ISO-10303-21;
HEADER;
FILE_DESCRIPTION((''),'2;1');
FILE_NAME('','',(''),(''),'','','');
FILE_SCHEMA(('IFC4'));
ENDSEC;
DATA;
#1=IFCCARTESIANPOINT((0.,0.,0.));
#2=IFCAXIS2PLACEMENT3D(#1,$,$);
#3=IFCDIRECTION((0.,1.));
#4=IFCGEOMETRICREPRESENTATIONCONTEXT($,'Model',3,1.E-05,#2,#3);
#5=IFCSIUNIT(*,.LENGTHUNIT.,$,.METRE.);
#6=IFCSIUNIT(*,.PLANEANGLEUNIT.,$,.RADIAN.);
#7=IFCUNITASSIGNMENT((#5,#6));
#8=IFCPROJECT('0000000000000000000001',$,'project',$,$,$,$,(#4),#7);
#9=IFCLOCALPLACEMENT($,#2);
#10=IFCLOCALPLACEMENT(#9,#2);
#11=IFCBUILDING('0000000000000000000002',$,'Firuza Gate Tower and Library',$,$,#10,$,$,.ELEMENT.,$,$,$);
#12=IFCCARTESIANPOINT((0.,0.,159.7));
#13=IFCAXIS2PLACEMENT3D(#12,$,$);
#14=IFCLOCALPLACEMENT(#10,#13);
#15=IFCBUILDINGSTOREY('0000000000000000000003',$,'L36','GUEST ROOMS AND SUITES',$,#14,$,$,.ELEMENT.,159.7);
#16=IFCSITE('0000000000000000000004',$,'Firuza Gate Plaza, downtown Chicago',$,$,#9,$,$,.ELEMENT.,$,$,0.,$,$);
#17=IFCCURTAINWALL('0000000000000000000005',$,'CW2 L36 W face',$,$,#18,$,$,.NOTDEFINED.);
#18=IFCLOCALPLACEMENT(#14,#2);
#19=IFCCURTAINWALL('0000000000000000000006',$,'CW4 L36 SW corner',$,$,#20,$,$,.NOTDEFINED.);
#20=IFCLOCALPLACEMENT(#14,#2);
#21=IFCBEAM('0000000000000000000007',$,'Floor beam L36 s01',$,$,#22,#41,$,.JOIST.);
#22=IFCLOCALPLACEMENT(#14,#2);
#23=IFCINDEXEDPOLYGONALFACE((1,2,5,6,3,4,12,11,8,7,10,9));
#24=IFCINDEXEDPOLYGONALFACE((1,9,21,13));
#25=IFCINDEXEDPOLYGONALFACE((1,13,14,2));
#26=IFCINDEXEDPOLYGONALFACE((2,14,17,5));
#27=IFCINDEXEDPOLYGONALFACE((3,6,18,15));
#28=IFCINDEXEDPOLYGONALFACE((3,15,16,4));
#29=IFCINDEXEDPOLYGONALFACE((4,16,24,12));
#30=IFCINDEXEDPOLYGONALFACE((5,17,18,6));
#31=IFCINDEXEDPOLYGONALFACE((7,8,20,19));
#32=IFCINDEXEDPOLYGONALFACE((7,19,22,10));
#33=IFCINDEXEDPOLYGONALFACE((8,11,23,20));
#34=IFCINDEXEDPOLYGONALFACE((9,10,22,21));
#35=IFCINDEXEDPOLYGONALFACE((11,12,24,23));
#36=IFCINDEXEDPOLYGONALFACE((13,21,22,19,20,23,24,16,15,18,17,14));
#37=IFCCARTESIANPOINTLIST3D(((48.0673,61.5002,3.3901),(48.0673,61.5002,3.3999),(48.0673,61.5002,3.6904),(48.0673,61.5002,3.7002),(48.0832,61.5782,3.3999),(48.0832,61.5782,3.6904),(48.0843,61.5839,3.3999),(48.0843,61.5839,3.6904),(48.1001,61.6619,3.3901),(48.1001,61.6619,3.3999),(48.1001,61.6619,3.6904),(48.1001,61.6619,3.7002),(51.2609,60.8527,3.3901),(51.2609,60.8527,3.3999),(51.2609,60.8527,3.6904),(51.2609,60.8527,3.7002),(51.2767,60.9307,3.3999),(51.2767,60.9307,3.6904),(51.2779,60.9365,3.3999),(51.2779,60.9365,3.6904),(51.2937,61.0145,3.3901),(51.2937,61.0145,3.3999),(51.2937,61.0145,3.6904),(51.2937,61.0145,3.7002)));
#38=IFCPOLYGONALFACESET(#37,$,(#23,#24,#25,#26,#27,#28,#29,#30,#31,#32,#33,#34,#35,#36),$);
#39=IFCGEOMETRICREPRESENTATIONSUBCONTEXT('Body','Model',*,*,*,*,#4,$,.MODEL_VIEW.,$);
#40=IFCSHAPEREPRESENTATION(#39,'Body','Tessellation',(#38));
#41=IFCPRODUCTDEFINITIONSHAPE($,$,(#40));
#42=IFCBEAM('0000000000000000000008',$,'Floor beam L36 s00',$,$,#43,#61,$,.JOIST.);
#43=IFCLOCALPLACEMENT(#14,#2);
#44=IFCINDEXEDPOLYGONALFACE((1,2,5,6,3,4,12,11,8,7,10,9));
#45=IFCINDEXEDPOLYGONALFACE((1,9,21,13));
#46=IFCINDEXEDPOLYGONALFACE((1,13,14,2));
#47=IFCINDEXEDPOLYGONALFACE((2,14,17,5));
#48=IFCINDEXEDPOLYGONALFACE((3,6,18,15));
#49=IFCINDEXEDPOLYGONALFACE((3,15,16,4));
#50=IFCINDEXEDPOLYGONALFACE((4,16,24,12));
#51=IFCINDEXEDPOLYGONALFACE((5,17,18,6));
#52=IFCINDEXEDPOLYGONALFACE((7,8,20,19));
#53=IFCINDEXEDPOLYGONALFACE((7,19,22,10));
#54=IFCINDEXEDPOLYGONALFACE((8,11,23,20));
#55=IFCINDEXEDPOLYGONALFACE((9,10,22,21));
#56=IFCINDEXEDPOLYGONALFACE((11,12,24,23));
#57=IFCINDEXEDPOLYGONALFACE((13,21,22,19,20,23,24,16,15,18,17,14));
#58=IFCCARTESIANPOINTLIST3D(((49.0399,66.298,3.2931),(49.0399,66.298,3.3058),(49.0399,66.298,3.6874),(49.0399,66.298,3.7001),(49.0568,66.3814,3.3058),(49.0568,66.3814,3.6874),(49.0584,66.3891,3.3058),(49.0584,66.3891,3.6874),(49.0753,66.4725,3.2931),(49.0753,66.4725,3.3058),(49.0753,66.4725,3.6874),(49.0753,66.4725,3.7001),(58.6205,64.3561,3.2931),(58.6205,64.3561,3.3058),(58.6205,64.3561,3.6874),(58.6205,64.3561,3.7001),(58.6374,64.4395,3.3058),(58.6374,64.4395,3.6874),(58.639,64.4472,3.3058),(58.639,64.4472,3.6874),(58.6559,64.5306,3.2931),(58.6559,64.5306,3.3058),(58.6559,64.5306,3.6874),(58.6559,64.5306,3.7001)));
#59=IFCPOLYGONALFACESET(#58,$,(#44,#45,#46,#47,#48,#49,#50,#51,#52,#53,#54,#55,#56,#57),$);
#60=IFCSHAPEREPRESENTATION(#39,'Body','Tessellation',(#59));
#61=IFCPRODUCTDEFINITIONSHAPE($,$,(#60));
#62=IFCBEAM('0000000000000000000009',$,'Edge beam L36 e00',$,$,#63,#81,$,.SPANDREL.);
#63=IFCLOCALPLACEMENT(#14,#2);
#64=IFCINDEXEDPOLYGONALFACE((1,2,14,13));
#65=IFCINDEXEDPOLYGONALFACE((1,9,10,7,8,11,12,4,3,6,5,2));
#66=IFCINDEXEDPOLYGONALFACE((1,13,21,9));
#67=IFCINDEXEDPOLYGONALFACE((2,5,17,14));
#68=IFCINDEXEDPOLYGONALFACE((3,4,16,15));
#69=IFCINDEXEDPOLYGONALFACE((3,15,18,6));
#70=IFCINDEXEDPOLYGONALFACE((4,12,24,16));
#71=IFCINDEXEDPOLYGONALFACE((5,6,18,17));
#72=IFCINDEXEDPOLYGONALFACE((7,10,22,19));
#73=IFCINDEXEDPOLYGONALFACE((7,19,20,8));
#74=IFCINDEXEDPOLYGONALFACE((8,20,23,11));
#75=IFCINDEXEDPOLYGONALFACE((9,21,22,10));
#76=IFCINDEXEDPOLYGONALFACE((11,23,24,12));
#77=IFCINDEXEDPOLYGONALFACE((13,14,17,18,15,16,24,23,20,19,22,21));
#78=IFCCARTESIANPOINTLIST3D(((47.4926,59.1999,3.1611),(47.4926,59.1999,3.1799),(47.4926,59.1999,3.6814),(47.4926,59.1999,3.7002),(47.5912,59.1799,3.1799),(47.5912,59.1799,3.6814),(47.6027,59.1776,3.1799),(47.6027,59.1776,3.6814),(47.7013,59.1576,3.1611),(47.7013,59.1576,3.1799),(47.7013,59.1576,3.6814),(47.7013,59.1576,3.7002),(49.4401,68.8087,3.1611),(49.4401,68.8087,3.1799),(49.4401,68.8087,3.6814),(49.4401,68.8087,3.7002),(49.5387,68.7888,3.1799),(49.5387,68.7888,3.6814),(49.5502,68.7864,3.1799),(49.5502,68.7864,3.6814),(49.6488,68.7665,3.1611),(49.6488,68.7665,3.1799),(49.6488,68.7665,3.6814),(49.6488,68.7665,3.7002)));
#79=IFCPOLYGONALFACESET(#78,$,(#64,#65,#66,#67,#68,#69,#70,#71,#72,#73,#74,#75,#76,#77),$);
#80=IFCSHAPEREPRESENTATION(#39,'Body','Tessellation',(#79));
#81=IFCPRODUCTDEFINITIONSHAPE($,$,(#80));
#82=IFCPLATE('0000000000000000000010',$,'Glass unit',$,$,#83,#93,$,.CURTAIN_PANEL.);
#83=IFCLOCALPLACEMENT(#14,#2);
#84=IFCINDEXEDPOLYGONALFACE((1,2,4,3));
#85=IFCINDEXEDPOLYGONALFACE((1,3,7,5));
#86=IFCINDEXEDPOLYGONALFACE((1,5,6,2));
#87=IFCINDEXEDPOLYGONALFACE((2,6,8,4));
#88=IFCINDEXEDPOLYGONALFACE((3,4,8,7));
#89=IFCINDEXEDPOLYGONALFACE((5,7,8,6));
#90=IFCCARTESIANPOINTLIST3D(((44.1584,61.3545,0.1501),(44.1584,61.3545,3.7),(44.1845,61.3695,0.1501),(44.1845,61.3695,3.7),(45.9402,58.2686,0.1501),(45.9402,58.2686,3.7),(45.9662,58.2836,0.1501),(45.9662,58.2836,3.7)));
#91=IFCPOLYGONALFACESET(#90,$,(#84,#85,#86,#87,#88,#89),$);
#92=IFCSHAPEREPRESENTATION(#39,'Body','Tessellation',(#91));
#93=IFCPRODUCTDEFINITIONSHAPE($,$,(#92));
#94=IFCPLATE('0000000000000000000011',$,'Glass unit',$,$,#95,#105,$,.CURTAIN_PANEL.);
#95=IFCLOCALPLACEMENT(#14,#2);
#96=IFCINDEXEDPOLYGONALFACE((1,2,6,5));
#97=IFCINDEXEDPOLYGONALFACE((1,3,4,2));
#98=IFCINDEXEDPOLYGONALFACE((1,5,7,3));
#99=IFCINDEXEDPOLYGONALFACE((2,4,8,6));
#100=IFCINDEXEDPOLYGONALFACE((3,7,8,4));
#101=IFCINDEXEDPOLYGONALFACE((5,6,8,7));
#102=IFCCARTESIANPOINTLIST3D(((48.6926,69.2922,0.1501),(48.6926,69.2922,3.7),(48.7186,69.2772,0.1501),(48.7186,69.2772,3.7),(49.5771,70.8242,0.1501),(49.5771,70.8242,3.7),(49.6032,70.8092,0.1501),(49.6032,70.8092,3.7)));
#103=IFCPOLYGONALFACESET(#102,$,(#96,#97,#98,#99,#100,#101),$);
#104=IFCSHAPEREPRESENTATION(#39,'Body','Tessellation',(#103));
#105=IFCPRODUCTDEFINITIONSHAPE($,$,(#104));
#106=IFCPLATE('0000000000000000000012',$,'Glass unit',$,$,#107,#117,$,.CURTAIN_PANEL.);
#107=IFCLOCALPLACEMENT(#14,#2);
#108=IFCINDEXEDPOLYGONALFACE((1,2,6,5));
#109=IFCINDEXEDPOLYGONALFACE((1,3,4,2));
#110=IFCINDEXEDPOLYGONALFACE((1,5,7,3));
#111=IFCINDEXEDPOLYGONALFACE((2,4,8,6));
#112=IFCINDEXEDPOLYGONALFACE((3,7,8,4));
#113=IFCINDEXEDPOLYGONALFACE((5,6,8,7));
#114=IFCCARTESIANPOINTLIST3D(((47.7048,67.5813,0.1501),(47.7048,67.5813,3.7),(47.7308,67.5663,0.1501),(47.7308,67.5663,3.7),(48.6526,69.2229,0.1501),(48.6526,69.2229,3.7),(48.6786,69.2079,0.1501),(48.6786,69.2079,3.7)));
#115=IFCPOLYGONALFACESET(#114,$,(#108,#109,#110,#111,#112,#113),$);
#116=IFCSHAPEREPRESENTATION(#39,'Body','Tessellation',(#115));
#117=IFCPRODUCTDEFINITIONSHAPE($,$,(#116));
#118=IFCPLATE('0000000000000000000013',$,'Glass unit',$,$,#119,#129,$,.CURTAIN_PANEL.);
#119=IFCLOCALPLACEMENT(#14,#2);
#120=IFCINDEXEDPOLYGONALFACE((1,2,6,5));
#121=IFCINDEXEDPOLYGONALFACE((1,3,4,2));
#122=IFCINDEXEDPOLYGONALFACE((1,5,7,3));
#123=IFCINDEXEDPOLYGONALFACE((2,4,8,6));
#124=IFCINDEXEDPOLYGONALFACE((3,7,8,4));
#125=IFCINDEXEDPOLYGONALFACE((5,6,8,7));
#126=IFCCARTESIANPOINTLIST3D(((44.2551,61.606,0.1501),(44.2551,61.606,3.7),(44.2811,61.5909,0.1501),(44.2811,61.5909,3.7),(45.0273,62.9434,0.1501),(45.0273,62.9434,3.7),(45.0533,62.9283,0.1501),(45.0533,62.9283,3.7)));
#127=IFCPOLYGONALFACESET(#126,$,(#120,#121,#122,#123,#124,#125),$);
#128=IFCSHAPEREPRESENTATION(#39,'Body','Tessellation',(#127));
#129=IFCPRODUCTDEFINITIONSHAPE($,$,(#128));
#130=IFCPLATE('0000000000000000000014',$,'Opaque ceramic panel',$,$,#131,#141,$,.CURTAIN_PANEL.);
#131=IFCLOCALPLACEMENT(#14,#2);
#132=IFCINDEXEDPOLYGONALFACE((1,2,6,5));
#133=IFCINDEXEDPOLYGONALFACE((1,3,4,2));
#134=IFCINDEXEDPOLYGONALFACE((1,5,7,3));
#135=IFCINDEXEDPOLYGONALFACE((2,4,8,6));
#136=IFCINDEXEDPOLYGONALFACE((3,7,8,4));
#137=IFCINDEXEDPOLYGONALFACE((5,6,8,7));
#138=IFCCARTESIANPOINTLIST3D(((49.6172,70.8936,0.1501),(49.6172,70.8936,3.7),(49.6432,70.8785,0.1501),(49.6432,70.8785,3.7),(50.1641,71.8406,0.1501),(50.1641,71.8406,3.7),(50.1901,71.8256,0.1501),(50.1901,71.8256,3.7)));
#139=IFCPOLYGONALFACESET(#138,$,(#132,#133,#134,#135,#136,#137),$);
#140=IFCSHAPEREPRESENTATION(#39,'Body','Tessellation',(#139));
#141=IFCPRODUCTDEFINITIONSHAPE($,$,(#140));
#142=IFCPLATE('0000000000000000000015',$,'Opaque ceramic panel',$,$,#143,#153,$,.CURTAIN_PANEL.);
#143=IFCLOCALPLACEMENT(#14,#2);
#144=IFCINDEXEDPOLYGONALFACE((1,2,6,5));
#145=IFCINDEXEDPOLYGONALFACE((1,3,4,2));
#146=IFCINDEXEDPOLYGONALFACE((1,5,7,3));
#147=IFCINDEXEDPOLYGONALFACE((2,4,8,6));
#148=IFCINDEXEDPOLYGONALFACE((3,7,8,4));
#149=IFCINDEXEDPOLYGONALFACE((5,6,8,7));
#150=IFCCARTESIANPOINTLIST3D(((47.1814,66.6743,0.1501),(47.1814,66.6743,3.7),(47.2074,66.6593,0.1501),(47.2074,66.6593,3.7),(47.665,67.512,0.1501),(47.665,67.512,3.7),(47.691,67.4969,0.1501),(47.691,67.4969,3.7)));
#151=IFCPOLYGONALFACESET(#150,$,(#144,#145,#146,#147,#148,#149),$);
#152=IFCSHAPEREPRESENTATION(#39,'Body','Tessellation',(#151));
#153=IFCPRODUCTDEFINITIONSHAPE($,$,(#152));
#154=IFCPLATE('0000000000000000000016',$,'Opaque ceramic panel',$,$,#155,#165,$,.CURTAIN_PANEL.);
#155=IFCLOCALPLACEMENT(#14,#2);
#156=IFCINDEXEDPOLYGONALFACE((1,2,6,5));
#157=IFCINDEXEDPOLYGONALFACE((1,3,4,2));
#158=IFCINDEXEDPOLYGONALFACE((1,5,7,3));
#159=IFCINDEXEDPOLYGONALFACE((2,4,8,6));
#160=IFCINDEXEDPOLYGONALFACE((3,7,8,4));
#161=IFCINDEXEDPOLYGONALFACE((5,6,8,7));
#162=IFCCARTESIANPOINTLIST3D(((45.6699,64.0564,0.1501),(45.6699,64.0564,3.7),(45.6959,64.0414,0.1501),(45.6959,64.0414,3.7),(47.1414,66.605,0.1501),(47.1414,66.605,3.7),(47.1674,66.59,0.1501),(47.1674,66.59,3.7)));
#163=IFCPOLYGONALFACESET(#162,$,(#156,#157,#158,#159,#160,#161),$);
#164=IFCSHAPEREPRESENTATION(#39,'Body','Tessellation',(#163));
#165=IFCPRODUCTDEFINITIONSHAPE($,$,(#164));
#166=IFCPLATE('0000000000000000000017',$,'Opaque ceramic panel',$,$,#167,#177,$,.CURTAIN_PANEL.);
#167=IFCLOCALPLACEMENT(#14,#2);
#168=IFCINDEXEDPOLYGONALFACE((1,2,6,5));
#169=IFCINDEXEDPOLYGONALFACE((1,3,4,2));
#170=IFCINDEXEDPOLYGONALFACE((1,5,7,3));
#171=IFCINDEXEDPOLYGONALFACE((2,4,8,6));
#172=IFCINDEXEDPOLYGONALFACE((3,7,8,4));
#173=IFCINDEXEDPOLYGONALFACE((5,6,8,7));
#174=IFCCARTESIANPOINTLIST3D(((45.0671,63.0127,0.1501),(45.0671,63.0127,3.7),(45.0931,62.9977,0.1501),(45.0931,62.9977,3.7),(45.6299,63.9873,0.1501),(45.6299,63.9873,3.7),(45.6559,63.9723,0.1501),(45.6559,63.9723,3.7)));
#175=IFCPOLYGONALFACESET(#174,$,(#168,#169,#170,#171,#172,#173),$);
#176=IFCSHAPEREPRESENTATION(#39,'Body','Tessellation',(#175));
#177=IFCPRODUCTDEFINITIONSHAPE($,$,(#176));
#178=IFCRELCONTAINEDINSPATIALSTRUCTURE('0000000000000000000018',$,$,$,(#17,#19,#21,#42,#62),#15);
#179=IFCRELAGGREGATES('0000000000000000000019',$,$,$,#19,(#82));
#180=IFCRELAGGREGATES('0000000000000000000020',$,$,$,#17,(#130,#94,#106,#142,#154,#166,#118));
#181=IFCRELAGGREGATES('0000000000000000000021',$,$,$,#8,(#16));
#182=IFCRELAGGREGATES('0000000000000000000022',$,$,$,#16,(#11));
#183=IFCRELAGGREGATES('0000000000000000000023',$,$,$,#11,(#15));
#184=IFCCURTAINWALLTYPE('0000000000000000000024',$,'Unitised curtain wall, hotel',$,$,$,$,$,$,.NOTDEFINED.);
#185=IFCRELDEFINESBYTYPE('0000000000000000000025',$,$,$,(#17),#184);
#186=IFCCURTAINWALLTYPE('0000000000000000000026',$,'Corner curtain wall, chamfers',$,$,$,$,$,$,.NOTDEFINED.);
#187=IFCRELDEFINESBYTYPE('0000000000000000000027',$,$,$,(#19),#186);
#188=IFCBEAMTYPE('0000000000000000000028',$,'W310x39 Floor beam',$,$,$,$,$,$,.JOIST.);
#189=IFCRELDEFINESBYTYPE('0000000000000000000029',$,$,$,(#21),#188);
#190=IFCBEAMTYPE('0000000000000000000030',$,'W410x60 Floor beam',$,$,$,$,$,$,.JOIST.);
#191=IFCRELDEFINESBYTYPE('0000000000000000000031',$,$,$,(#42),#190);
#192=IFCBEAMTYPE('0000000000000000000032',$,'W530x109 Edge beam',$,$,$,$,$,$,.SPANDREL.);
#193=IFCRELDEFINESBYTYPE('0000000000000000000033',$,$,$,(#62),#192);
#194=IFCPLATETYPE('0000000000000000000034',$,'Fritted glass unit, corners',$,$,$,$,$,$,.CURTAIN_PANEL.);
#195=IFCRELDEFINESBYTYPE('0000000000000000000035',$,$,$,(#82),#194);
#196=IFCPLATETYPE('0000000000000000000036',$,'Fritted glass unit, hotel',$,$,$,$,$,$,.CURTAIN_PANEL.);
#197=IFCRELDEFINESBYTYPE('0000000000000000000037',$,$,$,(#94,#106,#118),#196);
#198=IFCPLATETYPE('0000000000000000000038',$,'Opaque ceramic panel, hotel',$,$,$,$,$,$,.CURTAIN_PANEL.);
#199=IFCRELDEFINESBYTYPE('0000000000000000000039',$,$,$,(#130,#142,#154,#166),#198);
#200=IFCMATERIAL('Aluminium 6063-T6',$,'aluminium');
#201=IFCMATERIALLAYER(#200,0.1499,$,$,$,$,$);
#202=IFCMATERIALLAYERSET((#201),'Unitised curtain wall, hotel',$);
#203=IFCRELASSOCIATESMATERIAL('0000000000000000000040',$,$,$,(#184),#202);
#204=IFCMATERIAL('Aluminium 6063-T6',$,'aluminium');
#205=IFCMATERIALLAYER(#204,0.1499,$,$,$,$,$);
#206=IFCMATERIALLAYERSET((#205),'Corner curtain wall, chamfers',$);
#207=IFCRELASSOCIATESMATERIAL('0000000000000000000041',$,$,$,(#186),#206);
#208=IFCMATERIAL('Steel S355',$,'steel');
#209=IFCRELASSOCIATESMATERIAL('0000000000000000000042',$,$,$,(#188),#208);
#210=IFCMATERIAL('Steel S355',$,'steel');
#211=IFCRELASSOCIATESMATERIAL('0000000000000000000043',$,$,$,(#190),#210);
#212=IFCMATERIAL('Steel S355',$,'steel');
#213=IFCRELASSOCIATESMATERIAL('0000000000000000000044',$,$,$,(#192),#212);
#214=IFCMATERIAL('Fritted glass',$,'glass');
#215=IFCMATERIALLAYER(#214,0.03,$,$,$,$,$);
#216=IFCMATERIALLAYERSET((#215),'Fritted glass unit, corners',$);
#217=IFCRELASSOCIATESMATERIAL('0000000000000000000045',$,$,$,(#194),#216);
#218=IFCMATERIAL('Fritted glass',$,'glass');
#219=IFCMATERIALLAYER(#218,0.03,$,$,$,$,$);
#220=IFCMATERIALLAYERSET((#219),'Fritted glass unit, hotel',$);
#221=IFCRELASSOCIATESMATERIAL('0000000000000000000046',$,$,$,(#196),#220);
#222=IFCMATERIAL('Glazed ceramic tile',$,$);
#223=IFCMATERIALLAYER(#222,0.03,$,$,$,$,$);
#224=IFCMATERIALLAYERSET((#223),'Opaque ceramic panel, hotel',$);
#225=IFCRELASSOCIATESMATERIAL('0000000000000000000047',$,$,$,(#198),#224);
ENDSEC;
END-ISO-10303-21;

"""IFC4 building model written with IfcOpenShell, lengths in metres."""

from ifc_helpers import new_model, si_unit, direction, frame, origin, origin_2d, place, context, subcontext, project, spatial, polyline, i_section, outline, extrude, material, layer, layer_set, material_profile, profile_set, type_object, element, aggregate, save


model = new_model("IFC4")

# Units and contexts
model_context = context("Model", 3, precision=1e-05, world=origin(), true_north=direction((0.0, 1.0)))
body_context = subcontext(model_context, "Body", "Model", "MODEL_VIEW")
ifc_project = project(units=[si_unit("LENGTHUNIT", "METRE"), si_unit("PLANEANGLEUNIT", "RADIAN")], contexts=[model_context])

# Site, building, storey
site_placement = place(None, origin())
site = spatial("IfcSite", under=ifc_project, at=site_placement, Name="Firuza Gate Plaza, downtown Chicago", CompositionType="ELEMENT", RefElevation=0.0)
building_placement = place(site_placement, origin())
building = spatial("IfcBuilding", under=site, at=building_placement, Name="Firuza Gate Tower and Library", CompositionType="ELEMENT")
storey_placement = place(building_placement, frame((0.0, 0.0, 159.7)))
storey = spatial("IfcBuildingStorey", under=building, at=storey_placement, Name="L36", Description="GUEST ROOMS AND SUITES", CompositionType="ELEMENT", Elevation=159.7)

# Curtain walls
ifc_material_1 = material(Name="Aluminium 6063-T6", Category="aluminium")
ifc_layer_1 = layer(ifc_material_1, 0.1499)
ifc_layer_set_1 = layer_set([ifc_layer_1], Name="Unitised curtain wall, hotel")
curtain_wall_type_1 = type_object("IfcCurtainWallType", Name="Unitised curtain wall, hotel", PredefinedType="NOTDEFINED", material=ifc_layer_set_1)
placement = place(storey_placement, origin())
curtain_wall_1 = element("IfcCurtainWall", 1, at=placement, inside=storey, type_object=curtain_wall_type_1, Name="CW2 L36 W face", PredefinedType="NOTDEFINED")
ifc_material_2 = material(Name="Aluminium 6063-T6", Category="aluminium")
ifc_layer_2 = layer(ifc_material_2, 0.1499)
ifc_layer_set_2 = layer_set([ifc_layer_2], Name="Corner curtain wall, chamfers")
curtain_wall_type_2 = type_object("IfcCurtainWallType", Name="Corner curtain wall, chamfers", PredefinedType="NOTDEFINED", material=ifc_layer_set_2)
curtain_wall_2 = element("IfcCurtainWall", 2, at=placement, inside=storey, type_object=curtain_wall_type_2, Name="CW4 L36 SW corner", PredefinedType="NOTDEFINED")

# Beams
ifc_material_3 = material(Name="Steel S355", Category="steel")
ifc_material_profile_1 = material_profile(ifc_material_3, i_section(OverallWidth=0.165, OverallDepth=0.3101, WebThickness=0.0059, FlangeThickness=0.0098, at=origin_2d()))
ifc_profile_set_1 = profile_set([ifc_material_profile_1], Name="Steel S355")
beam_type_1 = type_object("IfcBeamType", Name="W310x39 Floor beam", PredefinedType="JOIST", material=ifc_profile_set_1)
beam_1_placement = place(storey_placement, frame((48.0837, 61.5811, 3.5452), z_axis=(0.980061, -0.198695, 0.0), x_axis=(0.198695, 0.980061, 0.0)))
element("IfcBeam", 3, at=beam_1_placement, inside=storey, type_object=beam_type_1, Name="Floor beam L36 s01", PredefinedType="JOIST", context=body_context, shape_type="SweptSolid", body=[
    extrude(i_section(OverallWidth=0.165, OverallDepth=0.3101, WebThickness=0.0059, FlangeThickness=0.0098, at=origin_2d()), origin(), (0.0, 0.0, 1.0), 3.2585),
])
ifc_material_4 = material(Name="Steel S355", Category="steel")
ifc_material_profile_2 = material_profile(ifc_material_4, i_section(OverallWidth=0.178, OverallDepth=0.407, WebThickness=0.0078, FlangeThickness=0.0127, at=origin_2d()))
ifc_profile_set_2 = profile_set([ifc_material_profile_2], Name="Steel S355")
beam_type_2 = type_object("IfcBeamType", Name="W410x60 Floor beam", PredefinedType="JOIST", material=ifc_profile_set_2)
beam_2_placement = place(storey_placement, frame((49.0576, 66.3853, 3.4966), z_axis=(0.98007, -0.198651, 0.0), x_axis=(0.198651, 0.98007, 0.0)))
element("IfcBeam", 4, at=beam_2_placement, inside=storey, type_object=beam_type_2, Name="Floor beam L36 s00", PredefinedType="JOIST", context=body_context, shape_type="SweptSolid", body=[
    extrude(i_section(OverallWidth=0.178, OverallDepth=0.407, WebThickness=0.0078, FlangeThickness=0.0127, at=origin_2d()), origin(), (0.0, 0.0, 1.0), 9.7754),
])
ifc_material_5 = material(Name="Steel S355", Category="steel")
ifc_material_profile_3 = material_profile(ifc_material_5, i_section(OverallWidth=0.2129, OverallDepth=0.5391, WebThickness=0.0117, FlangeThickness=0.0188, at=origin_2d()))
ifc_profile_set_3 = profile_set([ifc_material_profile_3], Name="Steel S355")
beam_type_3 = type_object("IfcBeamType", Name="W530x109 Edge beam", PredefinedType="SPANDREL", material=ifc_profile_set_3)
beam_3_placement = place(storey_placement, frame((49.5444, 68.7876, 3.4307), z_axis=(-0.198639, -0.980073, 0.0), x_axis=(0.980073, -0.198639, 0.0)))
element("IfcBeam", 5, at=beam_3_placement, inside=storey, type_object=beam_type_3, Name="Edge beam L36 e00", PredefinedType="SPANDREL", context=body_context, shape_type="SweptSolid", body=[
    extrude(i_section(OverallWidth=0.2129, OverallDepth=0.5391, WebThickness=0.0117, FlangeThickness=0.0188, at=origin_2d()), origin(), (0.0, 0.0, 1.0), 9.8042),
])

# Plates
ifc_material_6 = material(Name="Fritted glass", Category="glass")
ifc_layer_3 = layer(ifc_material_6, 0.03)
ifc_layer_set_3 = layer_set([ifc_layer_3], Name="Fritted glass unit, corners")
plate_type_1 = type_object("IfcPlateType", Name="Fritted glass unit, corners", PredefinedType="CURTAIN_PANEL", material=ifc_layer_set_3)
plate_1_placement = place(storey_placement, frame((44.1584, 61.3545, 0.1501), z_axis=(-0.866017, -0.500015, 0.0), x_axis=(0.500015, -0.866017, 0.0)))
plate_1 = element("IfcPlate", 6, at=plate_1_placement, type_object=plate_type_1, Name="Glass unit", PredefinedType="CURTAIN_PANEL", context=body_context, shape_type="SweptSolid", body=[
    extrude(outline(polyline([(0.0, 0.0), (3.5634, 0.0), (3.5634, 3.5498), (0.0, 3.5498), (0.0, 0.0)])), origin(), (0.0, 0.0, -1.0), 0.03),
])
aggregate(curtain_wall_2, [plate_1])
ifc_material_7 = material(Name="Fritted glass", Category="glass")
ifc_layer_4 = layer(ifc_material_7, 0.03)
ifc_layer_set_4 = layer_set([ifc_layer_4], Name="Fritted glass unit, hotel")
plate_type_2 = type_object("IfcPlateType", Name="Fritted glass unit, hotel", PredefinedType="CURTAIN_PANEL", material=ifc_layer_set_4)
plate_2_placement = place(storey_placement, frame((49.5771, 70.8242, 0.1501), z_axis=(-0.866018, 0.500013, 0.0), x_axis=(-0.500013, -0.866018, 0.0)))
plate_2 = element("IfcPlate", 7, at=plate_2_placement, type_object=plate_type_2, Name="Glass unit", PredefinedType="CURTAIN_PANEL", context=body_context, shape_type="SweptSolid", body=[
    extrude(outline(polyline([(0.0, 0.0), (1.769, 0.0), (1.769, 3.5498), (0.0, 3.5498), (0.0, 0.0)])), origin(), (0.0, 0.0, -1.0), 0.03),
])
plate_3_placement = place(storey_placement, frame((48.6526, 69.2229, 0.1501), z_axis=(-0.866031, 0.49999, 0.0), x_axis=(-0.49999, -0.866031, 0.0)))
plate_3 = element("IfcPlate", 8, at=plate_3_placement, type_object=plate_type_2, Name="Glass unit", PredefinedType="CURTAIN_PANEL", context=body_context, shape_type="SweptSolid", body=[
    extrude(outline(polyline([(0.0, 0.0), (1.8955, 0.0), (1.8955, 3.5498), (0.0, 3.5498), (0.0, 0.0)])), origin(), (0.0, 0.0, -1.0), 0.03),
])
plate_4_placement = place(storey_placement, frame((45.0273, 62.9434, 0.1501), z_axis=(-0.866007, 0.500033, 0.0), x_axis=(-0.500033, -0.866007, 0.0)))
plate_4 = element("IfcPlate", 9, at=plate_4_placement, type_object=plate_type_2, Name="Glass unit", PredefinedType="CURTAIN_PANEL", context=body_context, shape_type="SweptSolid", body=[
    extrude(outline(polyline([(0.0, 0.0), (1.5443, 0.0), (1.5443, 3.5498), (0.0, 3.5498), (0.0, 0.0)])), origin(), (0.0, 0.0, -1.0), 0.03),
])
ifc_material_8 = material(Name="Glazed ceramic tile")
ifc_layer_5 = layer(ifc_material_8, 0.03)
ifc_layer_set_5 = layer_set([ifc_layer_5], Name="Opaque ceramic panel, hotel")
plate_type_3 = type_object("IfcPlateType", Name="Opaque ceramic panel, hotel", PredefinedType="CURTAIN_PANEL", material=ifc_layer_set_5)
plate_5_placement = place(storey_placement, frame((50.1641, 71.8406, 0.1501), z_axis=(-0.865981, 0.500077, 0.0), x_axis=(-0.500077, -0.865981, 0.0)))
plate_5 = element("IfcPlate", 10, at=plate_5_placement, type_object=plate_type_3, Name="Opaque ceramic panel", PredefinedType="CURTAIN_PANEL", context=body_context, shape_type="SweptSolid", body=[
    extrude(outline(polyline([(0.0, 0.0), (1.0936, 0.0), (1.0936, 3.5498), (0.0, 3.5498), (0.0, 0.0)])), origin(), (0.0, 0.0, -1.0), 0.03),
])
plate_6_placement = place(storey_placement, frame((47.665, 67.512, 0.1501), z_axis=(-0.866013, 0.500021, 0.0), x_axis=(-0.500021, -0.866013, 0.0)))
plate_6 = element("IfcPlate", 11, at=plate_6_placement, type_object=plate_type_3, Name="Opaque ceramic panel", PredefinedType="CURTAIN_PANEL", context=body_context, shape_type="SweptSolid", body=[
    extrude(outline(polyline([(0.0, 0.0), (0.9672, 0.0), (0.9672, 3.5498), (0.0, 3.5498), (0.0, 0.0)])), origin(), (0.0, 0.0, -1.0), 0.03),
])
plate_7_placement = place(storey_placement, frame((47.1414, 66.605, 0.1501), z_axis=(-0.866024, 0.500003, 0.0), x_axis=(-0.500003, -0.866024, 0.0)))
plate_7 = element("IfcPlate", 12, at=plate_7_placement, type_object=plate_type_3, Name="Opaque ceramic panel", PredefinedType="CURTAIN_PANEL", context=body_context, shape_type="SweptSolid", body=[
    extrude(outline(polyline([(0.0, 0.0), (2.9429, 0.0), (2.9429, 3.5498), (0.0, 3.5498), (0.0, 0.0)])), origin(), (0.0, 0.0, -1.0), 0.03),
])
plate_8_placement = place(storey_placement, frame((45.6299, 63.9873, 0.1501), z_axis=(-0.866005, 0.500035, 0.0), x_axis=(-0.500035, -0.866005, 0.0)))
plate_8 = element("IfcPlate", 13, at=plate_8_placement, type_object=plate_type_3, Name="Opaque ceramic panel", PredefinedType="CURTAIN_PANEL", context=body_context, shape_type="SweptSolid", body=[
    extrude(outline(polyline([(0.0, 0.0), (1.1254, 0.0), (1.1254, 3.5498), (0.0, 3.5498), (0.0, 0.0)])), origin(), (0.0, 0.0, -1.0), 0.03),
])
aggregate(curtain_wall_1, [plate_5, plate_2, plate_3, plate_6, plate_7, plate_8, plate_4])

save(model, "model.ifc")
